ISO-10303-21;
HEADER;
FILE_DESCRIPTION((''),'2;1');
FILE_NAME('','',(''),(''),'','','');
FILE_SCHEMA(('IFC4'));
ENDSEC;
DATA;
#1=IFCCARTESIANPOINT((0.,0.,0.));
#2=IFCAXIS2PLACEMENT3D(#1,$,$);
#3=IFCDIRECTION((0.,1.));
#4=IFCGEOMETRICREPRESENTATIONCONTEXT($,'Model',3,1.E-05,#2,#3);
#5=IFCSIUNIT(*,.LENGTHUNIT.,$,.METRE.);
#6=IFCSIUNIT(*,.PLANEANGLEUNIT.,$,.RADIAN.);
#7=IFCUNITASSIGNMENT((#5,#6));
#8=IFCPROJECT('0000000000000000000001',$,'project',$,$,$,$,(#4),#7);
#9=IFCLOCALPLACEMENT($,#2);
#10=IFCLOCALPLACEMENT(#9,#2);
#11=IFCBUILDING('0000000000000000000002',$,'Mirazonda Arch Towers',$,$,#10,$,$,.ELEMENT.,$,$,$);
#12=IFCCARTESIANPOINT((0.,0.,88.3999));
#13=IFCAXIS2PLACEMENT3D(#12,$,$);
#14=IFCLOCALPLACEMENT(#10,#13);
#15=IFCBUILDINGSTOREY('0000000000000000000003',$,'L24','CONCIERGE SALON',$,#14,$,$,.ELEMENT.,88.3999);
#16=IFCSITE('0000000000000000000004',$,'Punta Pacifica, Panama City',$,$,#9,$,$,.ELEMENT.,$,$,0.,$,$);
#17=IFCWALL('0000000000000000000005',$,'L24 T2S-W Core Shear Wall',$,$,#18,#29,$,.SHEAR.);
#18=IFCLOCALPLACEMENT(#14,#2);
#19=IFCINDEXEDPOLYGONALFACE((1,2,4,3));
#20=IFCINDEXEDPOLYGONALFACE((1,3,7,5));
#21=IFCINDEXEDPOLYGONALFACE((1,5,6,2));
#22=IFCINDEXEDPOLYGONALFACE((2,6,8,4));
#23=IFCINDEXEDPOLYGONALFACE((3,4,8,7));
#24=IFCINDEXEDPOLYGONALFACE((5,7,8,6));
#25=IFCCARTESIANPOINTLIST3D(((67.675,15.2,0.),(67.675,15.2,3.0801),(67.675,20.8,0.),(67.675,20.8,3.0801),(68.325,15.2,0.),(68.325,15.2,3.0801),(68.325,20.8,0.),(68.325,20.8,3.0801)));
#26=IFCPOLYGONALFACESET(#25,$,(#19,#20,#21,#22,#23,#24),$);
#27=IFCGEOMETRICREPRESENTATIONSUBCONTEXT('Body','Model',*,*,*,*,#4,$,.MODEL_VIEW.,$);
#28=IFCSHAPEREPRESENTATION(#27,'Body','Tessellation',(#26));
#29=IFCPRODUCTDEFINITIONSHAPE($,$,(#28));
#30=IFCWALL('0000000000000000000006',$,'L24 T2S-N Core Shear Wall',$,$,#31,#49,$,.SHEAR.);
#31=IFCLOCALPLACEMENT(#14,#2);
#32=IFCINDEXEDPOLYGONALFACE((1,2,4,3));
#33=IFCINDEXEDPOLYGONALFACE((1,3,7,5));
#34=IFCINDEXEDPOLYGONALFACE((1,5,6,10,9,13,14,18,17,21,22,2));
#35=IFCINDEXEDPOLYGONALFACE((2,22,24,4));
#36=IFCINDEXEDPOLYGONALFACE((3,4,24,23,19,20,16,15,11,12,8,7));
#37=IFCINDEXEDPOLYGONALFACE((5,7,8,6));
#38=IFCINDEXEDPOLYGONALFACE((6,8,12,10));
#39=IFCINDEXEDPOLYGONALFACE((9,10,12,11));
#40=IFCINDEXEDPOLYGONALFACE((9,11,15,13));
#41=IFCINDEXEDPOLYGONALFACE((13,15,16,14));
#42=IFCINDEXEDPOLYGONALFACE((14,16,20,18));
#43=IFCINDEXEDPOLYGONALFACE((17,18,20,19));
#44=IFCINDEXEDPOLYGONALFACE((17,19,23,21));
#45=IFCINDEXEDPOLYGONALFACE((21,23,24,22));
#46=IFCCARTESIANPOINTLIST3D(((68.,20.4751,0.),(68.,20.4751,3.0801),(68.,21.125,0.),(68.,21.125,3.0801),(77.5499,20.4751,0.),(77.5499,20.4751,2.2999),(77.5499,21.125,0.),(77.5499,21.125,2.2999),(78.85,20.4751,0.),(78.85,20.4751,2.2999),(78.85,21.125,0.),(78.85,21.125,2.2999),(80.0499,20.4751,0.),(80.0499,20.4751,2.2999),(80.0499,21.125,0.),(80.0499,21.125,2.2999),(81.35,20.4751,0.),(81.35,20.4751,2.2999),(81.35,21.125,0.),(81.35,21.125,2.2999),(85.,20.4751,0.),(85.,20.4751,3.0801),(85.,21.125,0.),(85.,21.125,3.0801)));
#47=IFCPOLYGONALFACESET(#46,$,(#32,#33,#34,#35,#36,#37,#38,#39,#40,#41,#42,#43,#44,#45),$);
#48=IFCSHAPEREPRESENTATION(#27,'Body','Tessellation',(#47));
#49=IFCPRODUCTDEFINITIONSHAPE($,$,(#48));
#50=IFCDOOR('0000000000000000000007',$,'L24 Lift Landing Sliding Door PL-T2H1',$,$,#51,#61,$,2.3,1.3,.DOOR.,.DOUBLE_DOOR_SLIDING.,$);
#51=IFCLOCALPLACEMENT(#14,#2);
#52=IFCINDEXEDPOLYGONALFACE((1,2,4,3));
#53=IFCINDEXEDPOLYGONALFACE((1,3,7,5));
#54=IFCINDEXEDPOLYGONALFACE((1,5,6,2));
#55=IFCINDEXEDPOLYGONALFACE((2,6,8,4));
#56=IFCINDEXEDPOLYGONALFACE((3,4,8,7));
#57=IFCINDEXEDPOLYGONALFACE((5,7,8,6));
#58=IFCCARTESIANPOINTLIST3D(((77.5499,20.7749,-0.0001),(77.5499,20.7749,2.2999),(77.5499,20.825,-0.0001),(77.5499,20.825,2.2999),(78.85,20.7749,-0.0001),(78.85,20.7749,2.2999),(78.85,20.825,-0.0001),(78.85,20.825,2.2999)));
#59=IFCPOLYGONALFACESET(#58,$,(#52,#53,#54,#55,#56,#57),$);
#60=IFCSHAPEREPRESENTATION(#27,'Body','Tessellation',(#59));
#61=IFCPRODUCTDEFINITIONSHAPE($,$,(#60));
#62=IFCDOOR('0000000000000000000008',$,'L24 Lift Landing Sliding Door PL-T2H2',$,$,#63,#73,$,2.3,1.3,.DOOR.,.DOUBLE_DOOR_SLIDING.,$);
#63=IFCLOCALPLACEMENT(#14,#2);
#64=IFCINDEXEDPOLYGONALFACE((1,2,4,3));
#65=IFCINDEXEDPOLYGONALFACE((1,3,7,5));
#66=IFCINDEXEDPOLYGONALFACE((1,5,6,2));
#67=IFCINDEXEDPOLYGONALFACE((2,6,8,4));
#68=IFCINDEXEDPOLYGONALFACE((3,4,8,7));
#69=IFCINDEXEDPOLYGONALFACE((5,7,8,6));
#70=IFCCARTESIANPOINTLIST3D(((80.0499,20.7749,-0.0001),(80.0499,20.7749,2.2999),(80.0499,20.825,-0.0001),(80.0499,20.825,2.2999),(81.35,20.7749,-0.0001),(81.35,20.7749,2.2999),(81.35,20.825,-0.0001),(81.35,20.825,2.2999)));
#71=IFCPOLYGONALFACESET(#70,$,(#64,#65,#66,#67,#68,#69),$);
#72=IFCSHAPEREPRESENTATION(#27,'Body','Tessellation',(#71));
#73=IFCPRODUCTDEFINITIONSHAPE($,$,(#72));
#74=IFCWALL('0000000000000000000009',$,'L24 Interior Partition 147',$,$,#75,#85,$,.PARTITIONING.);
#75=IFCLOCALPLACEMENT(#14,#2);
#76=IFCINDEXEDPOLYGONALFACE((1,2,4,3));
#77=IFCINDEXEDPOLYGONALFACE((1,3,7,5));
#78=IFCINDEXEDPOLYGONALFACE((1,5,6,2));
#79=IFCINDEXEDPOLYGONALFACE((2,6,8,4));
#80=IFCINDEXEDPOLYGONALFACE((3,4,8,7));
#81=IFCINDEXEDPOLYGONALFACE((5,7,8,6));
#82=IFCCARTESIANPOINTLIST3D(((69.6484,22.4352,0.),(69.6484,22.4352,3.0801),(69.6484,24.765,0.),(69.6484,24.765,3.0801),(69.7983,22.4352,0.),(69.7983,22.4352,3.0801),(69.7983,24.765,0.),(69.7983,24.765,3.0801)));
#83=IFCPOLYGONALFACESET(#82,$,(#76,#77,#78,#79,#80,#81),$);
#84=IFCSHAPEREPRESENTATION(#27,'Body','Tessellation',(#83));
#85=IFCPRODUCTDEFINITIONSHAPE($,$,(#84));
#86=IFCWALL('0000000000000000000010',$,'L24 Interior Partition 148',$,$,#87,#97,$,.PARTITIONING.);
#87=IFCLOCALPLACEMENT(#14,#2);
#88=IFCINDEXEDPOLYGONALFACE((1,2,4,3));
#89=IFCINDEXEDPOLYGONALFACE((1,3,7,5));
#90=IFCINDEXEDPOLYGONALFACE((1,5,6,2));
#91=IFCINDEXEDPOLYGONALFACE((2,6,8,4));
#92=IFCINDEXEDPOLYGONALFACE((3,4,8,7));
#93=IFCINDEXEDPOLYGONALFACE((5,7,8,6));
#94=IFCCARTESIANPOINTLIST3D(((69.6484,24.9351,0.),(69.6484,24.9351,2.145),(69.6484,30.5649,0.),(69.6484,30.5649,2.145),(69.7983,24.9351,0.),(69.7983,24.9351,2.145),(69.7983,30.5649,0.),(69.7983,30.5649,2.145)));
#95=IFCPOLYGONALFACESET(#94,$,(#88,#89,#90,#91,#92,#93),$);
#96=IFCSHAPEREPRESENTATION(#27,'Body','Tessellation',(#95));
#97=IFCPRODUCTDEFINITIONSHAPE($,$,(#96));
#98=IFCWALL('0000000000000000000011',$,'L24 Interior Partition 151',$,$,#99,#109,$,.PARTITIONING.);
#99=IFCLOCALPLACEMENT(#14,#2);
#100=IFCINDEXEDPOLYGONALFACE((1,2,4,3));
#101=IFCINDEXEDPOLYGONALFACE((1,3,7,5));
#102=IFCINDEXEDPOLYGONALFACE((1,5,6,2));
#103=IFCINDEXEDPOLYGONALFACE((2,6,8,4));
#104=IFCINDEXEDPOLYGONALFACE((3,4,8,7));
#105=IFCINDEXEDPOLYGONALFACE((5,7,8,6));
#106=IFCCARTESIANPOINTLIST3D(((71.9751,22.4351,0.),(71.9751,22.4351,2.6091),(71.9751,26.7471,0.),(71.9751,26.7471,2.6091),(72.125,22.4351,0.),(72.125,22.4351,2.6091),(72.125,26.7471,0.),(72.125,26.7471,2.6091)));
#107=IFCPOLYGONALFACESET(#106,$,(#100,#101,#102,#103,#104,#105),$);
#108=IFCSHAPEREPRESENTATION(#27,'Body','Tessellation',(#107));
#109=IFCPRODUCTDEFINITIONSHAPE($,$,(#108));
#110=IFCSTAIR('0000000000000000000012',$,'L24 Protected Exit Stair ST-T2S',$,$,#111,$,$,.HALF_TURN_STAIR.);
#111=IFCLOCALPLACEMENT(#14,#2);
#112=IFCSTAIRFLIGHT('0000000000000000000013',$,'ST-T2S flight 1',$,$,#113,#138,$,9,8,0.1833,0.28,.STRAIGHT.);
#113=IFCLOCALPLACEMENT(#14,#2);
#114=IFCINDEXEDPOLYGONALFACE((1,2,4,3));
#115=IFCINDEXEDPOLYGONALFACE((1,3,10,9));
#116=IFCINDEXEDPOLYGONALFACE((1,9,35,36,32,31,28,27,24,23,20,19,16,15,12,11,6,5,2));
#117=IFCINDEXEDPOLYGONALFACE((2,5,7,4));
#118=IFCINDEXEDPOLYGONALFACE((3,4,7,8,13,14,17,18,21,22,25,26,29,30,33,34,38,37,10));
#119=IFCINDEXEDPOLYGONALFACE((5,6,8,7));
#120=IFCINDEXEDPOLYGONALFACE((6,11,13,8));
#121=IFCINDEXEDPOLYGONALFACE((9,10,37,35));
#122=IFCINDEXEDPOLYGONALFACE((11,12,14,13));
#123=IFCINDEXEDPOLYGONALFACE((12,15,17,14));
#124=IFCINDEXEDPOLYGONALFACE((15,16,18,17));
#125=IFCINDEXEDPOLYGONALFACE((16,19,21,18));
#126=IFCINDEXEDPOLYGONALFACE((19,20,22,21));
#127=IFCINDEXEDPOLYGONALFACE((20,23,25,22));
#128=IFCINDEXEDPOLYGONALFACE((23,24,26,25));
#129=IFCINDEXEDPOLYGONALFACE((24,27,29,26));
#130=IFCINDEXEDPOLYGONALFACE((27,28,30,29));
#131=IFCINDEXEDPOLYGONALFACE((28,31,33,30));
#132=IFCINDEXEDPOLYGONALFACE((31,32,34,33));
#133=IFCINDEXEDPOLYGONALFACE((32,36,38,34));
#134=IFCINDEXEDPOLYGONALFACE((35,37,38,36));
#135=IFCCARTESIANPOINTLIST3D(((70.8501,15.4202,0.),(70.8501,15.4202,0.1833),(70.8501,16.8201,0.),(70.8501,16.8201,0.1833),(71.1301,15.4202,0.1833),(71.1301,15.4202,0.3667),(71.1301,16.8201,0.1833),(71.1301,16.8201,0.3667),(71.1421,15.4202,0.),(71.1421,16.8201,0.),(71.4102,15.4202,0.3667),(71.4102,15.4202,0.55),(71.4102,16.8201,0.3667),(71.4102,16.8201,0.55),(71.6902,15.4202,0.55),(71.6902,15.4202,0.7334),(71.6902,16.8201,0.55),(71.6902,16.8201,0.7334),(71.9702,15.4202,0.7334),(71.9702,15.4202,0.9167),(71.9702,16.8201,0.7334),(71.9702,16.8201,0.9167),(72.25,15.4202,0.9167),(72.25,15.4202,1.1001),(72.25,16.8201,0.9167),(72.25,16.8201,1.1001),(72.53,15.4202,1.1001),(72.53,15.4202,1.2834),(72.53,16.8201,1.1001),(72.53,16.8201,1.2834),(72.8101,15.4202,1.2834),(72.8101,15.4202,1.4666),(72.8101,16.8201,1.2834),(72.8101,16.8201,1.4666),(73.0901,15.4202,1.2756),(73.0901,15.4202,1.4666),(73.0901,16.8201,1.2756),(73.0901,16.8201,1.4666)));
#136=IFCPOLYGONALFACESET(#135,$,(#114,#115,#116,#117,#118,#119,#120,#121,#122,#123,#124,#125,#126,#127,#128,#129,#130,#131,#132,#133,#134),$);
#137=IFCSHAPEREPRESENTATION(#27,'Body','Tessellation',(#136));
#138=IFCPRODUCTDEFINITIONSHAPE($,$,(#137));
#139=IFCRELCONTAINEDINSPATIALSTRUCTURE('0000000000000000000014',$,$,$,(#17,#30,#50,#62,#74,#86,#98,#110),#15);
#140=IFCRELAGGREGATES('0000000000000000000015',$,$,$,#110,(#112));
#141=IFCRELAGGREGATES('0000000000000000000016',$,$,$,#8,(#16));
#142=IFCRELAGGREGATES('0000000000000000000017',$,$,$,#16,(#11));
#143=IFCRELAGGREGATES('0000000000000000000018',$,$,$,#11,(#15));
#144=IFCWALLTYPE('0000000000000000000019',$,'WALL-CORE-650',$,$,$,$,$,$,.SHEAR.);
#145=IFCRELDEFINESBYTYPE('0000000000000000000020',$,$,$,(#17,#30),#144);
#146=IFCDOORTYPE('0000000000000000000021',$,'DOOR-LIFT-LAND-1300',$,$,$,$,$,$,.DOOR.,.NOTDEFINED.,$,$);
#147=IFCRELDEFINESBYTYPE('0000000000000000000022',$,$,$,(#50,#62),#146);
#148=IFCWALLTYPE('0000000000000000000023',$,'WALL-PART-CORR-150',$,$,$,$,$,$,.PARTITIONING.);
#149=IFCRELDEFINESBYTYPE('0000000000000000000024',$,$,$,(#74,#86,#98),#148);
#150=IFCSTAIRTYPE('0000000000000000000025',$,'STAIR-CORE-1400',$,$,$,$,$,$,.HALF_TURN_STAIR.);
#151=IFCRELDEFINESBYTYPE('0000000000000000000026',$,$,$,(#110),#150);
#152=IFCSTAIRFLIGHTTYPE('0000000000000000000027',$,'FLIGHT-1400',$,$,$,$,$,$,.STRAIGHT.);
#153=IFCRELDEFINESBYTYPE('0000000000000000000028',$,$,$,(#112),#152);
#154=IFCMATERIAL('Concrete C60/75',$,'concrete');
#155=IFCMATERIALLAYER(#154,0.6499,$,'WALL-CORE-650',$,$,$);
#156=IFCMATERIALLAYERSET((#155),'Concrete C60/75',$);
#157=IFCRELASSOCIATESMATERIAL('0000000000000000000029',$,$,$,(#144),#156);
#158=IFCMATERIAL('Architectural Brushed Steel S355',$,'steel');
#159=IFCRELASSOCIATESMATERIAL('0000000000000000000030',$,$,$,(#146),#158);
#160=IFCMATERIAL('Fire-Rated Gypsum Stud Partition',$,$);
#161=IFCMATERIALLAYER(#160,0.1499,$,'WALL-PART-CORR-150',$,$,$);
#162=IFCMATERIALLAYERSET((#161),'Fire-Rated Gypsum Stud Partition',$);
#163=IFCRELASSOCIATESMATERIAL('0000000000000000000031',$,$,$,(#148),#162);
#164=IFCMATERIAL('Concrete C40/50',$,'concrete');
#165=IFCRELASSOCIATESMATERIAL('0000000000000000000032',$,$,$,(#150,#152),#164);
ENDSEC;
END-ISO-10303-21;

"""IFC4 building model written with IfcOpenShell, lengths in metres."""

from ifc_helpers import new_model, si_unit, direction, frame, frame_2d, origin, place, context, subcontext, project, spatial, polyline, rectangle, outline, extrude, material, layer, layer_set, type_object, element, fill, aggregate, save


model = new_model("IFC4")

# Units and contexts
model_context = context("Model", 3, precision=1e-05, world=origin(), true_north=direction((0.0, 1.0)))
body_context = subcontext(model_context, "Body", "Model", "MODEL_VIEW")
ifc_project = project(units=[si_unit("LENGTHUNIT", "METRE"), si_unit("PLANEANGLEUNIT", "RADIAN")], contexts=[model_context])

# Site, building, storey
site_placement = place(None, origin())
site = spatial("IfcSite", under=ifc_project, at=site_placement, Name="Punta Pacifica, Panama City", CompositionType="ELEMENT", RefElevation=0.0)
building_placement = place(site_placement, origin())
building = spatial("IfcBuilding", under=site, at=building_placement, Name="Mirazonda Arch Towers", CompositionType="ELEMENT")
storey_placement = place(building_placement, frame((0.0, 0.0, 88.3999)))
storey = spatial("IfcBuildingStorey", under=building, at=storey_placement, Name="L24", Description="CONCIERGE SALON", CompositionType="ELEMENT", Elevation=88.3999)

# Shared definitions
ifc_material_1 = material(Name="Architectural Brushed Steel S355", Category="steel")

# Wall
ifc_material_2 = material(Name="Concrete C60/75", Category="concrete")
ifc_layer_1 = layer(ifc_material_2, 0.6499, Name="WALL-CORE-650")
ifc_layer_set_1 = layer_set([ifc_layer_1], Name="Concrete C60/75")
wall_type_1 = type_object("IfcWallType", Name="WALL-CORE-650", PredefinedType="SHEAR", material=ifc_layer_set_1)
wall_1_placement = place(storey_placement, frame((68.0, 15.2, 0.0), z_axis=(0.0, 0.0, 1.0), x_axis=(0.0, 1.0, 0.0)))
element("IfcWall", 1, at=wall_1_placement, inside=storey, type_object=wall_type_1, Name="L24 T2S-W Core Shear Wall", PredefinedType="SHEAR", context=body_context, shape_type="SweptSolid", body=[
    extrude(rectangle(XDim=5.6001, YDim=0.6499, at=frame_2d((2.8, 0.0))), origin(), (0.0, 0.0, 1.0), 3.0801),
])

# Wall, openings, doors
wall_2_placement = place(storey_placement, frame((68.0, 20.8, 0.0), z_axis=(0.0, 0.0, 1.0), x_axis=(1.0, 0.0, 0.0)))
wall_2 = element("IfcWall", 2, at=wall_2_placement, inside=storey, type_object=wall_type_1, Name="L24 T2S-N Core Shear Wall", PredefinedType="SHEAR", context=body_context, shape_type="SweptSolid", body=[
    extrude(rectangle(XDim=17.0, YDim=0.6499, at=frame_2d((8.5, 0.0))), origin(), (0.0, 0.0, 1.0), 3.0801),
])
opening_1_placement = place(wall_2_placement, frame((9.55, 0.0, 0.0)))
opening_1 = element("IfcOpeningElement", 3, at=opening_1_placement, cuts=wall_2, PredefinedType="OPENING", context=body_context, shape_type="SweptSolid", body=[
    extrude(rectangle(XDim=1.3, YDim=2.3, at=frame_2d((0.6499, 1.1499))), frame((0.0, 0.335, 0.0), z_axis=(0.0, -1.0, 0.0), x_axis=(1.0, 0.0, 0.0)), (0.0, 0.0, 1.0), 0.6699),
])
opening_2_placement = place(wall_2_placement, frame((12.05, 0.0, 0.0)))
opening_2 = element("IfcOpeningElement", 4, at=opening_2_placement, cuts=wall_2, PredefinedType="OPENING", context=body_context, shape_type="SweptSolid", body=[
    extrude(rectangle(XDim=1.3, YDim=2.3, at=frame_2d((0.6499, 1.1499))), frame((0.0, 0.335, 0.0), z_axis=(0.0, -1.0, 0.0), x_axis=(1.0, 0.0, 0.0)), (0.0, 0.0, 1.0), 0.6699),
])
door_type_1 = type_object("IfcDoorType", Name="DOOR-LIFT-LAND-1300", OperationType="NOTDEFINED", PredefinedType="DOOR", material=ifc_material_1)
door_1_placement = place(opening_1_placement, origin())
door_1 = element("IfcDoor", 5, at=door_1_placement, inside=storey, type_object=door_type_1, Name="L24 Lift Landing Sliding Door PL-T2H1", OperationType="DOUBLE_DOOR_SLIDING", OverallHeight=2.3, OverallWidth=1.3, PredefinedType="DOOR", context=body_context, shape_type="SweptSolid", body=[
    extrude(rectangle(XDim=1.3, YDim=2.3, at=frame_2d((0.6499, 1.1499))), frame((0.0, 0.0249, 0.0), z_axis=(0.0, -1.0, 0.0), x_axis=(1.0, 0.0, 0.0)), (0.0, 0.0, 1.0), 0.05),
])
fill(opening_1, door_1)
door_2_placement = place(opening_2_placement, origin())
door_2 = element("IfcDoor", 6, at=door_2_placement, inside=storey, type_object=door_type_1, Name="L24 Lift Landing Sliding Door PL-T2H2", OperationType="DOUBLE_DOOR_SLIDING", OverallHeight=2.3, OverallWidth=1.3, PredefinedType="DOOR", context=body_context, shape_type="SweptSolid", body=[
    extrude(rectangle(XDim=1.3, YDim=2.3, at=frame_2d((0.6499, 1.1499))), frame((0.0, 0.0249, 0.0), z_axis=(0.0, -1.0, 0.0), x_axis=(1.0, 0.0, 0.0)), (0.0, 0.0, 1.0), 0.05),
])
fill(opening_2, door_2)

# Walls
ifc_material_3 = material(Name="Fire-Rated Gypsum Stud Partition")
ifc_layer_2 = layer(ifc_material_3, 0.1499, Name="WALL-PART-CORR-150")
ifc_layer_set_2 = layer_set([ifc_layer_2], Name="Fire-Rated Gypsum Stud Partition")
wall_type_2 = type_object("IfcWallType", Name="WALL-PART-CORR-150", PredefinedType="PARTITIONING", material=ifc_layer_set_2)
wall_3_placement = place(storey_placement, frame((69.7234, 22.4351, 0.0), z_axis=(0.0, 0.0, 1.0), x_axis=(0.0, 1.0, 0.0)))
element("IfcWall", 7, at=wall_3_placement, inside=storey, type_object=wall_type_2, Name="L24 Interior Partition 147", PredefinedType="PARTITIONING", context=body_context, shape_type="SweptSolid", body=[
    extrude(rectangle(XDim=2.3298, YDim=0.1499, at=frame_2d((1.165, 0.0))), origin(), (0.0, 0.0, 1.0), 3.0801),
])
wall_4_placement = place(storey_placement, frame((69.7234, 24.9351, 0.0), z_axis=(0.0, 0.0, 1.0), x_axis=(0.0, 1.0, 0.0)))
element("IfcWall", 8, at=wall_4_placement, inside=storey, type_object=wall_type_2, Name="L24 Interior Partition 148", PredefinedType="PARTITIONING", context=body_context, shape_type="SweptSolid", body=[
    extrude(rectangle(XDim=5.6299, YDim=0.1499, at=frame_2d((2.8149, 0.0))), origin(), (0.0, 0.0, 1.0), 2.145),
])
wall_5_placement = place(storey_placement, frame((72.05, 22.4351, 0.0), z_axis=(0.0, 0.0, 1.0), x_axis=(0.0, 1.0, 0.0)))
element("IfcWall", 9, at=wall_5_placement, inside=storey, type_object=wall_type_2, Name="L24 Interior Partition 151", PredefinedType="PARTITIONING", context=body_context, shape_type="SweptSolid", body=[
    extrude(rectangle(XDim=4.312, YDim=0.1499, at=frame_2d((2.156, 0.0))), origin(), (0.0, 0.0, 1.0), 2.6091),
])

# Stair, stair flight
ifc_material_4 = material(Name="Concrete C40/50", Category="concrete")
stair_type = type_object("IfcStairType", Name="STAIR-CORE-1400", PredefinedType="HALF_TURN_STAIR", material=ifc_material_4)
stair_placement = place(storey_placement, origin())
stair = element("IfcStair", 10, at=stair_placement, inside=storey, type_object=stair_type, Name="L24 Protected Exit Stair ST-T2S", PredefinedType="HALF_TURN_STAIR")
stair_flight_type = type_object("IfcStairFlightType", Name="FLIGHT-1400", PredefinedType="STRAIGHT", material=ifc_material_4)
stair_flight_placement = place(storey_placement, frame((70.8501, 16.1201, 0.0), z_axis=(0.0, 0.0, 1.0), x_axis=(1.0, 0.0, 0.0)))
stair_flight = element("IfcStairFlight", 11, at=stair_flight_placement, type_object=stair_flight_type, Name="ST-T2S flight 1", NumberOfRisers=9, NumberOfTreads=8, PredefinedType="STRAIGHT", RiserHeight=0.1833, TreadLength=0.28, context=body_context, shape_type="SweptSolid", body=[
    extrude(outline(polyline([(0.0, 0.0), (0.0, 0.1833), (0.28, 0.1833), (0.28, 0.3667), (0.5601, 0.3667), (0.5601, 0.55), (0.8401, 0.55), (0.8401, 0.7334), (1.1201, 0.7334), (1.1201, 0.9167), (1.3999, 0.9167), (1.3999, 1.1001), (1.6799, 1.1001), (1.6799, 1.2834), (1.96, 1.2834), (1.96, 1.4666), (2.24, 1.4666), (2.24, 1.6499), (2.24, 1.2756), (0.292, 0.0), (0.0, 0.0)])), frame((0.0, 0.7, 0.0), z_axis=(0.0, -1.0, 0.0), x_axis=(1.0, 0.0, 0.0)), (0.0, 0.0, 1.0), 1.3999),
])
aggregate(stair, [stair_flight])

save(model, "model.ifc")
